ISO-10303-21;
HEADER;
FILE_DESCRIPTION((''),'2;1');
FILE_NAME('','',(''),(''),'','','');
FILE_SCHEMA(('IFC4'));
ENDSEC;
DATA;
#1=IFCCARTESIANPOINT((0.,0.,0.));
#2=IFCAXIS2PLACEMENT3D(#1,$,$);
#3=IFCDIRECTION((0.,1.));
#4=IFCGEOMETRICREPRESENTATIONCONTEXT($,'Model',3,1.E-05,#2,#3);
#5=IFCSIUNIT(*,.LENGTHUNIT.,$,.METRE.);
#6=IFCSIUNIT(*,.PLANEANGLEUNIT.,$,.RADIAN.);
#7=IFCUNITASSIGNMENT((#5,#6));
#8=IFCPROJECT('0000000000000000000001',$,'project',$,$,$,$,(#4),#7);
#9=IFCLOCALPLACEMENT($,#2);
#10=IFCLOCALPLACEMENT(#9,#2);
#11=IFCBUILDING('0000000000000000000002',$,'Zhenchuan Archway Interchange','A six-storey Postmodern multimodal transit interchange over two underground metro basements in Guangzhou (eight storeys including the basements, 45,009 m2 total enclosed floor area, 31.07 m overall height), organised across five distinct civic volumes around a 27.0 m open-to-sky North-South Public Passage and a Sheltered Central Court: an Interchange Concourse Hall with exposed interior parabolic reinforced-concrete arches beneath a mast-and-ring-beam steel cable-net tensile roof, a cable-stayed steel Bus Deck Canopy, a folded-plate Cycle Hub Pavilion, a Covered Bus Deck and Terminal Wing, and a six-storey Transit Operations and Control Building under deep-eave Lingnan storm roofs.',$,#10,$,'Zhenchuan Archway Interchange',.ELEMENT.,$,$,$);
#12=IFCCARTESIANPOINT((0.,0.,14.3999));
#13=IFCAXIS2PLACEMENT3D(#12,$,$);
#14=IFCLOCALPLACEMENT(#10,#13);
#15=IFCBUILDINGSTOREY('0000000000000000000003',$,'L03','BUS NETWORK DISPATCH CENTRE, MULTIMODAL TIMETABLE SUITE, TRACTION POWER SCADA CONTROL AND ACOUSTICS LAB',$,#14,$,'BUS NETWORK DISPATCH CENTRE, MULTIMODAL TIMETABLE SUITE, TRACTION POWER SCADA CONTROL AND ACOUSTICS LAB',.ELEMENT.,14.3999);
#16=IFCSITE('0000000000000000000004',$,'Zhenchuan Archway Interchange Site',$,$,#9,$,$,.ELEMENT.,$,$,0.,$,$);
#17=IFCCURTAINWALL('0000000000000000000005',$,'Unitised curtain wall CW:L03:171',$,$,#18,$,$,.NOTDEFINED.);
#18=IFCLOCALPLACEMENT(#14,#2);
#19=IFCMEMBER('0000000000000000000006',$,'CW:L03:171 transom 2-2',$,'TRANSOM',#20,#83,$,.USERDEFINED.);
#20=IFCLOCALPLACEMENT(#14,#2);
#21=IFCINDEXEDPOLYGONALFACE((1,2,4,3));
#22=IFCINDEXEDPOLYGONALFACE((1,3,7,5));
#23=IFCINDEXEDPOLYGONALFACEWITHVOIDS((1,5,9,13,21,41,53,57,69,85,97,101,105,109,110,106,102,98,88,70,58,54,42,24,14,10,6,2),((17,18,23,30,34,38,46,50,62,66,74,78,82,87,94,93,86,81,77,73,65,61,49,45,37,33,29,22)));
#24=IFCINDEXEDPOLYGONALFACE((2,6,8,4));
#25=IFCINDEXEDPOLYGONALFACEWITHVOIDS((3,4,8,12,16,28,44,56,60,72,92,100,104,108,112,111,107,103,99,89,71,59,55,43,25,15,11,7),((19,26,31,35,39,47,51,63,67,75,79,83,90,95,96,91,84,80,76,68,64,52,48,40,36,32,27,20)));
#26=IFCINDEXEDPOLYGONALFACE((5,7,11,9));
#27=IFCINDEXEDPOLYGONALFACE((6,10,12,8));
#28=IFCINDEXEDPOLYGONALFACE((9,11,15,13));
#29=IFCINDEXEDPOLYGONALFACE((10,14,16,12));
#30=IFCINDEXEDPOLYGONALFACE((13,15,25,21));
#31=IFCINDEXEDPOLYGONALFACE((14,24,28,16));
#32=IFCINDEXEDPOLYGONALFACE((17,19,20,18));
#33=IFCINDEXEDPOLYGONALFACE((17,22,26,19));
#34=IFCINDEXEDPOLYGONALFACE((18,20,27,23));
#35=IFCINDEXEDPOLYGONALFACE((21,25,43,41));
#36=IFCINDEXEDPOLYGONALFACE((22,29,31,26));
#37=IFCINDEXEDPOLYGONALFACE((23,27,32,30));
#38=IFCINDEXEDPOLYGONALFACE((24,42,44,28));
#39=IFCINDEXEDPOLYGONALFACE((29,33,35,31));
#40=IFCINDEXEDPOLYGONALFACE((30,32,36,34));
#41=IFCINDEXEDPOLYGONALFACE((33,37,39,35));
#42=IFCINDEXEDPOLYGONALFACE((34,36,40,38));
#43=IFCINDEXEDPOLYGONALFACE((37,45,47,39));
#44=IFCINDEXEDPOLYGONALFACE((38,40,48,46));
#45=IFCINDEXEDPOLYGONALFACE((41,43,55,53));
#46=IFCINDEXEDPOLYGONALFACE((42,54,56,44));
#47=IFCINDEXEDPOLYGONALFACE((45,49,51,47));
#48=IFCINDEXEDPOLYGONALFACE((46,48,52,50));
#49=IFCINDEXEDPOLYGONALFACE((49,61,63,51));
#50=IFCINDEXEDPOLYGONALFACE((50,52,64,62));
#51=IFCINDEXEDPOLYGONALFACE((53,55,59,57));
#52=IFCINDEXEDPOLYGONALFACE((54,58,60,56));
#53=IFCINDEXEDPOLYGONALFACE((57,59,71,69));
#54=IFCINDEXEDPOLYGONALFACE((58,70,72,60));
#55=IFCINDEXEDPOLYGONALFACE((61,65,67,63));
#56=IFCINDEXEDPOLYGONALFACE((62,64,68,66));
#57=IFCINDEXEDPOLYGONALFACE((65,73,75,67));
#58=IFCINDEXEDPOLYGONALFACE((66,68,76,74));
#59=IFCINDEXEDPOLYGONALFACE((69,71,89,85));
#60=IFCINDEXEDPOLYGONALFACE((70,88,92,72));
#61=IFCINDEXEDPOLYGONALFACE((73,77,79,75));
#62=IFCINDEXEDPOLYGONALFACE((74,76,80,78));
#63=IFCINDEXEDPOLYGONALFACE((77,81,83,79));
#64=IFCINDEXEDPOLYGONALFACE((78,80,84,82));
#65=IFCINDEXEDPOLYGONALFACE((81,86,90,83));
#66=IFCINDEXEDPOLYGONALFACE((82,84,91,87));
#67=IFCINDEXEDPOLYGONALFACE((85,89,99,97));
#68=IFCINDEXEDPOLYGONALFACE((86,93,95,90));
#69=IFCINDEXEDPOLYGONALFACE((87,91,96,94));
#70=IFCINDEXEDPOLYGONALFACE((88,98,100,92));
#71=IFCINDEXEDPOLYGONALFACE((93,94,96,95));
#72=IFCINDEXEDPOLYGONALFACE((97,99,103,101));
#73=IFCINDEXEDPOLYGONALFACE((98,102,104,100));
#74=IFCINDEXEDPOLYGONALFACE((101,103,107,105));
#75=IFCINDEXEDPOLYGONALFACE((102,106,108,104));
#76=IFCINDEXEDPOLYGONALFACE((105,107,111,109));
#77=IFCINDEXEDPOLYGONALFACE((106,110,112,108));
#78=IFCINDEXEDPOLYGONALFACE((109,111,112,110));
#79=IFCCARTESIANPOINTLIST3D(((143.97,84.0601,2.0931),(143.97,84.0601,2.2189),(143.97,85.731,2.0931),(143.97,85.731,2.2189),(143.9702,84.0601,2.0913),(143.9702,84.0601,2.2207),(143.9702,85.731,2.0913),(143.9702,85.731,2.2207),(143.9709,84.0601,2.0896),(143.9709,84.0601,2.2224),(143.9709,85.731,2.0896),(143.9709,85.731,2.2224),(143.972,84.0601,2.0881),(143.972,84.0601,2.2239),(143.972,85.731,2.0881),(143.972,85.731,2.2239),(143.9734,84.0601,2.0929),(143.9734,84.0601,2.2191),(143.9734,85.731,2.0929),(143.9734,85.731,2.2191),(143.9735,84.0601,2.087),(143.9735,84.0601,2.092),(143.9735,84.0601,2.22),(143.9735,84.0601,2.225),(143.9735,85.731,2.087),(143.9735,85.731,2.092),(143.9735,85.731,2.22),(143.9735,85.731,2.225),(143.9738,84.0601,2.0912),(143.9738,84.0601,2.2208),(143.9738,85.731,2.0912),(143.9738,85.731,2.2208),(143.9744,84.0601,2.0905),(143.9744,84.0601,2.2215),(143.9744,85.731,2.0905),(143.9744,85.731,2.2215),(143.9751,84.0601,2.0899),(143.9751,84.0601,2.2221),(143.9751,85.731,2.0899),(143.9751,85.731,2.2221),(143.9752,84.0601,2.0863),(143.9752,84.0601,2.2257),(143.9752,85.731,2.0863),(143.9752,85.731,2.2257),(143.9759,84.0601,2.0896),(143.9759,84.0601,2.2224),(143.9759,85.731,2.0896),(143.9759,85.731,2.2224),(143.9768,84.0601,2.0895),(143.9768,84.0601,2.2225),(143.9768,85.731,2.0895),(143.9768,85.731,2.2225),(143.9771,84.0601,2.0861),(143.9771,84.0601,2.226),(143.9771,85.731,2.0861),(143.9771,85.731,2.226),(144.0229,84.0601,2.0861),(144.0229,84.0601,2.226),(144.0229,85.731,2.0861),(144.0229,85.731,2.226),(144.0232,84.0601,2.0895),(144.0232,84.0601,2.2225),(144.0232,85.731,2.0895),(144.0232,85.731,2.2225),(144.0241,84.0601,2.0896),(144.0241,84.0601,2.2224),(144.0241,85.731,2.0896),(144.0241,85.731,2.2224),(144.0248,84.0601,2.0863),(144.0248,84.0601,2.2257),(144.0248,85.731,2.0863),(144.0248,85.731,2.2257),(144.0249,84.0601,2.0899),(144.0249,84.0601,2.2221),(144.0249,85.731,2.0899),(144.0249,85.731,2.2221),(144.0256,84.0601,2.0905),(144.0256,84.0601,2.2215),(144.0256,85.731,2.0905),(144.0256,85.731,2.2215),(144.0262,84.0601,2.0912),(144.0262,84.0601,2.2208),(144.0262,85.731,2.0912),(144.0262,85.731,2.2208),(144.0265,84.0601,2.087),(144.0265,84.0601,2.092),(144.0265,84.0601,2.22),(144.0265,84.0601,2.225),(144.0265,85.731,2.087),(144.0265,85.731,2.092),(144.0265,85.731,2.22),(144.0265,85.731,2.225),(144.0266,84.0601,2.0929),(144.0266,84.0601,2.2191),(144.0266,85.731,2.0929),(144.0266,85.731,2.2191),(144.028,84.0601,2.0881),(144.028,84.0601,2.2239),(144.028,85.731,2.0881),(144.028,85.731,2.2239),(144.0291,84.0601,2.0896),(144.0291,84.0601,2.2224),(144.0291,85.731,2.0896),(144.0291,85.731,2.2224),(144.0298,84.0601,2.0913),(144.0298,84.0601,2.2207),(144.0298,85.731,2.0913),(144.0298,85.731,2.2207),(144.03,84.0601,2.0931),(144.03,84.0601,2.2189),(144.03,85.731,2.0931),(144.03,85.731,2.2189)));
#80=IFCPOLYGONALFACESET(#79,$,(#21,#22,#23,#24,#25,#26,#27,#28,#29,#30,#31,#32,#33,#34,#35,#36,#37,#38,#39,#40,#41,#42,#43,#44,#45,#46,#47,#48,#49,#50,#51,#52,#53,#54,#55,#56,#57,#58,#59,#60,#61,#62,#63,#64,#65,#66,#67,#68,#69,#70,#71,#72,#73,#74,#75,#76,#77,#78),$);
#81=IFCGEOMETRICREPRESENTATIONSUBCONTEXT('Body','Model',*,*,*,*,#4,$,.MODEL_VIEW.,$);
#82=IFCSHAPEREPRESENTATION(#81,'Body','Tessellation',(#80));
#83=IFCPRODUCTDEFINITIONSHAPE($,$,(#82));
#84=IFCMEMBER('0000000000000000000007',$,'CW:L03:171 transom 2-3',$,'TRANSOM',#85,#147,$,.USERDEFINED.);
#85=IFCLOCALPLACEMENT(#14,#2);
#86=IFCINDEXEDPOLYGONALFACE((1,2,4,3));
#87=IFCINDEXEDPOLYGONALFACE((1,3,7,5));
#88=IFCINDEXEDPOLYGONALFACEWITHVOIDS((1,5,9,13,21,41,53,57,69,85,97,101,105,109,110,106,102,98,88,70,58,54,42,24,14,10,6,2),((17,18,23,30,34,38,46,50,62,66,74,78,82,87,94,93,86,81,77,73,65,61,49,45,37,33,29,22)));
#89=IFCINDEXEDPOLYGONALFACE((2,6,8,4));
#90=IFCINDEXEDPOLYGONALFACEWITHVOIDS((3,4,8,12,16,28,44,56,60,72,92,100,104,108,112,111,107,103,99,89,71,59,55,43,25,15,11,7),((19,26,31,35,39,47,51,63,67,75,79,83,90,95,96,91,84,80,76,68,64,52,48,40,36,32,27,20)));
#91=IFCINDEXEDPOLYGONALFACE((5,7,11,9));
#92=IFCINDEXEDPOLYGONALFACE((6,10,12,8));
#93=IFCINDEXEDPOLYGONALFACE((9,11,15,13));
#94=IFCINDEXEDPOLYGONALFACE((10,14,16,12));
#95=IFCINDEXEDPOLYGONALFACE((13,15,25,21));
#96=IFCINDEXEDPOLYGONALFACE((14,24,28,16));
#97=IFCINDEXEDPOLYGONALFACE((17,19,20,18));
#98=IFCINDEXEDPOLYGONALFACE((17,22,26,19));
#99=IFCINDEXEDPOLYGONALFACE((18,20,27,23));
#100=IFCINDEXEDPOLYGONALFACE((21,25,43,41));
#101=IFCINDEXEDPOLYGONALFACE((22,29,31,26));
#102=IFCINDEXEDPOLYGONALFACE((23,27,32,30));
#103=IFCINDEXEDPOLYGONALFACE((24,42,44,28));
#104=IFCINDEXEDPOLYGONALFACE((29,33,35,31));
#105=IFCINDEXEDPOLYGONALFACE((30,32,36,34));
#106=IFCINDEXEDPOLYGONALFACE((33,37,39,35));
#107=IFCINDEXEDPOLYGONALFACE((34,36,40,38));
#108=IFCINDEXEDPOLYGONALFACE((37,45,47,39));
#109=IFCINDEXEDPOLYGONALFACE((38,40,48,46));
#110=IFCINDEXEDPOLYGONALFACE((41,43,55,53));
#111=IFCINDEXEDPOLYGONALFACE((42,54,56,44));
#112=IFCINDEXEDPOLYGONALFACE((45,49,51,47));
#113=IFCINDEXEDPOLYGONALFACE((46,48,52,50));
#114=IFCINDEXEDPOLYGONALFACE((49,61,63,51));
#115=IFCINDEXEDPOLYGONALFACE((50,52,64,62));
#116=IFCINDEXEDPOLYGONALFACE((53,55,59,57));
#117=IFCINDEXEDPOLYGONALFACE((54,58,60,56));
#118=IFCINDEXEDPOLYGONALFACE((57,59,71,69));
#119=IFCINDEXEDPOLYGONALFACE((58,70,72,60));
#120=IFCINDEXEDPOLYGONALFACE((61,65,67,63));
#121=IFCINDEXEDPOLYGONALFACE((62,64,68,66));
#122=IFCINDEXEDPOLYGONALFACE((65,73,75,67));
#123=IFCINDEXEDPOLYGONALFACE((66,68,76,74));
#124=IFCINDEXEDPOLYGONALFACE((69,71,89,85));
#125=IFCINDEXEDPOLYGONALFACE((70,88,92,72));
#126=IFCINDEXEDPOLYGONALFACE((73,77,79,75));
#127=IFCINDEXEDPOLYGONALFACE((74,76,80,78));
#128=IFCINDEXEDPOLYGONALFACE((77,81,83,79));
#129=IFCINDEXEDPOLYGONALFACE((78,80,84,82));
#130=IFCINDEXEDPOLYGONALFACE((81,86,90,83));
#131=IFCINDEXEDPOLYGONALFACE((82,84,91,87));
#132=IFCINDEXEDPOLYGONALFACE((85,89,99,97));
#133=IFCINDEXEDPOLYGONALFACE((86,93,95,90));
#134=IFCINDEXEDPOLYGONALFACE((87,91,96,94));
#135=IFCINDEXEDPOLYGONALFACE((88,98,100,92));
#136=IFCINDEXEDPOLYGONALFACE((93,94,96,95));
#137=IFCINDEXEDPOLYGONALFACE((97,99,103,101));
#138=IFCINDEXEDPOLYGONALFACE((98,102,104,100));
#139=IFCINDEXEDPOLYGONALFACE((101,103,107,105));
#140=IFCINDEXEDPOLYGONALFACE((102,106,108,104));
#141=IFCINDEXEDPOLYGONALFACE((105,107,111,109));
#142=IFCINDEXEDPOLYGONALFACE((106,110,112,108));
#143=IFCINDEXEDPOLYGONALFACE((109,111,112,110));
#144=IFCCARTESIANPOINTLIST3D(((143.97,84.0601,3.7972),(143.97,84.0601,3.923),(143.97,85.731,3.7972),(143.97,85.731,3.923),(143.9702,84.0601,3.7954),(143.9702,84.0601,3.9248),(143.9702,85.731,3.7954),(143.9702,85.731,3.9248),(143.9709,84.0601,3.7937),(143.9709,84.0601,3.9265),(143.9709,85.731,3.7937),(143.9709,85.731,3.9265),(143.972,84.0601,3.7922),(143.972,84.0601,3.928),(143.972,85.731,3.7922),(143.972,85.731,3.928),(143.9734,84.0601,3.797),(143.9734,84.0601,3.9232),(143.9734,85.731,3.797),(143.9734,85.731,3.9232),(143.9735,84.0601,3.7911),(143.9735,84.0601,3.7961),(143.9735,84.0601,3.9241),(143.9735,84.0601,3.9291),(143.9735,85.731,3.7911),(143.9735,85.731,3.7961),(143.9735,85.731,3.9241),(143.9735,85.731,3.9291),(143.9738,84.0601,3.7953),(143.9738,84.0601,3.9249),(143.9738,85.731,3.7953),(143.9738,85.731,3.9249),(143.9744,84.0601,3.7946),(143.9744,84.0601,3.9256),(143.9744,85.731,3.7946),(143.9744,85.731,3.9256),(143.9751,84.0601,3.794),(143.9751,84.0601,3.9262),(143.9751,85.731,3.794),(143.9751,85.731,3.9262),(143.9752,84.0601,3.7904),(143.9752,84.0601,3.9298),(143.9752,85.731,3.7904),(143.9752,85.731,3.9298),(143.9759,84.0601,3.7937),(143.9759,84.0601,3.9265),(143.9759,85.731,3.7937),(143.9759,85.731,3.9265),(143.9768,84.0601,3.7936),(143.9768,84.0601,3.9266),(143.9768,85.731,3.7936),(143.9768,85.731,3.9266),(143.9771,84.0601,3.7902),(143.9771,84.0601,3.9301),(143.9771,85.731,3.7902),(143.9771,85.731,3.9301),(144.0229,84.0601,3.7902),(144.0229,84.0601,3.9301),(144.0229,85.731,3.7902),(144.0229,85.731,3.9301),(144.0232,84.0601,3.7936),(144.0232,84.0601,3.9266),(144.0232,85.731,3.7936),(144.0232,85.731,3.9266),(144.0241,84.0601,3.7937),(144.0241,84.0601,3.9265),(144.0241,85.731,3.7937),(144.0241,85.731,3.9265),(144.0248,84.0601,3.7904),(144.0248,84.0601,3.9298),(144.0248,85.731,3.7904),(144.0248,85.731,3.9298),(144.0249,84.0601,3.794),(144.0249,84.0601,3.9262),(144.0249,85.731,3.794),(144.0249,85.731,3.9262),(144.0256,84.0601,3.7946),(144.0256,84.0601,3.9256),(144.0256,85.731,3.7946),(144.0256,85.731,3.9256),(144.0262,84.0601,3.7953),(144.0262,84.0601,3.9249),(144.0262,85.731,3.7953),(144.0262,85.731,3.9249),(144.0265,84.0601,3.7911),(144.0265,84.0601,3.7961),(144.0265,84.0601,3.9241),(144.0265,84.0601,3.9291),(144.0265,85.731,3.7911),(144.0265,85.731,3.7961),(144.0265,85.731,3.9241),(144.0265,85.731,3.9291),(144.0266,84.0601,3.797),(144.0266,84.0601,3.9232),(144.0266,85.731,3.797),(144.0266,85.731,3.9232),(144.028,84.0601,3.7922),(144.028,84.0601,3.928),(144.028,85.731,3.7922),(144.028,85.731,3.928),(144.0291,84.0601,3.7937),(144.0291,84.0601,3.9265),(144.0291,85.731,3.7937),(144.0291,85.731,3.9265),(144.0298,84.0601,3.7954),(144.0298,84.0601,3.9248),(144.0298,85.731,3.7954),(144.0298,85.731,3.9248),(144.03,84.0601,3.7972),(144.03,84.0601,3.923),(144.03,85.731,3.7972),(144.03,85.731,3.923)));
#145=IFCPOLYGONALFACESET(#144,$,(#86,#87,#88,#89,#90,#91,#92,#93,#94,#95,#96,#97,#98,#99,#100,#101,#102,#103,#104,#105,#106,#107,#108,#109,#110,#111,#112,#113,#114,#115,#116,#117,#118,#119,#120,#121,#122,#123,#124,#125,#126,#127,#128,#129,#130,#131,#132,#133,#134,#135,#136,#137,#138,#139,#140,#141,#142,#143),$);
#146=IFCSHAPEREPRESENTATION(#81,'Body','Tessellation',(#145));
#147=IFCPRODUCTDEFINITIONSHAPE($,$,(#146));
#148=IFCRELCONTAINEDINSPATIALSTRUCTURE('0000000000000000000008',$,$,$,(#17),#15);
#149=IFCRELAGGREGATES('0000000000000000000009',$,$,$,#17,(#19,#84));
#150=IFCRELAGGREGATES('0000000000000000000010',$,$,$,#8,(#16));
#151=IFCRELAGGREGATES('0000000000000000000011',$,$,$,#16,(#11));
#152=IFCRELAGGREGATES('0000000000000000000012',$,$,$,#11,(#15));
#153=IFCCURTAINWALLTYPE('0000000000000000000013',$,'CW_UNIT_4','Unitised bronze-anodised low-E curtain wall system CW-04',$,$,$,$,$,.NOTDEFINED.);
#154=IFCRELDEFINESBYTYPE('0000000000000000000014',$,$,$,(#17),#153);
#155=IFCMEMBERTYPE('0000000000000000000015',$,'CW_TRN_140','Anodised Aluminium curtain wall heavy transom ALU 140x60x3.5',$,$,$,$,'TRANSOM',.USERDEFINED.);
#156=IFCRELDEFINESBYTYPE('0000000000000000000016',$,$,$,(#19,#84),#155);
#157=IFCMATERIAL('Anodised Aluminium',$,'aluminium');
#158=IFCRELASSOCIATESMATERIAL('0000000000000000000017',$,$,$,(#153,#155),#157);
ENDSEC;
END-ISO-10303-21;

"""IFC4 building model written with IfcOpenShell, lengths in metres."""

from ifc_helpers import new_model, si_unit, direction, frame, origin, origin_2d, place, context, subcontext, project, spatial, hollow_rectangle, extrude, material, material_profile, profile_set, type_object, element, aggregate, save


model = new_model("IFC4")

# Units and contexts
model_context = context("Model", 3, precision=1e-05, world=origin(), true_north=direction((0.0, 1.0)))
body_context = subcontext(model_context, "Body", "Model", "MODEL_VIEW")
ifc_project = project(units=[si_unit("LENGTHUNIT", "METRE"), si_unit("PLANEANGLEUNIT", "RADIAN")], contexts=[model_context])

# Site, building, storey
site_placement = place(None, origin())
site = spatial("IfcSite", under=ifc_project, at=site_placement, Name="Zhenchuan Archway Interchange Site", CompositionType="ELEMENT", RefElevation=0.0)
building_placement = place(site_placement, origin())
building = spatial("IfcBuilding", under=site, at=building_placement, Name="Zhenchuan Archway Interchange", Description="A six-storey Postmodern multimodal transit interchange over two underground metro basements in Guangzhou (eight storeys including the basements, 45,009 m2 total enclosed floor area, 31.07 m overall height), organised across five distinct civic volumes around a 27.0 m open-to-sky North-South Public Passage and a Sheltered Central Court: an Interchange Concourse Hall with exposed interior parabolic reinforced-concrete arches beneath a mast-and-ring-beam steel cable-net tensile roof, a cable-stayed steel Bus Deck Canopy, a folded-plate Cycle Hub Pavilion, a Covered Bus Deck and Terminal Wing, and a six-storey Transit Operations and Control Building under deep-eave Lingnan storm roofs.", LongName="Zhenchuan Archway Interchange", CompositionType="ELEMENT")
storey_placement = place(building_placement, frame((0.0, 0.0, 14.3999)))
storey = spatial("IfcBuildingStorey", under=building, at=storey_placement, Name="L03", Description="BUS NETWORK DISPATCH CENTRE, MULTIMODAL TIMETABLE SUITE, TRACTION POWER SCADA CONTROL AND ACOUSTICS LAB", LongName="BUS NETWORK DISPATCH CENTRE, MULTIMODAL TIMETABLE SUITE, TRACTION POWER SCADA CONTROL AND ACOUSTICS LAB", CompositionType="ELEMENT", Elevation=14.3999)

# Curtain wall
ifc_material_1 = material(Name="Anodised Aluminium", Category="aluminium")
curtain_wall_type_1 = type_object("IfcCurtainWallType", Name="CW_UNIT_4", Description="Unitised bronze-anodised low-E curtain wall system CW-04", PredefinedType="NOTDEFINED", material=ifc_material_1)
curtain_wall_1_placement = place(storey_placement, origin())
curtain_wall_1 = element("IfcCurtainWall", 1, at=curtain_wall_1_placement, inside=storey, type_object=curtain_wall_type_1, Name="Unitised curtain wall CW:L03:171", PredefinedType="NOTDEFINED")

# Members
ifc_material_profile_1 = material_profile(ifc_material_1, hollow_rectangle(XDim=0.0601, YDim=0.1399, WallThickness=0.0034, InnerFilletRadius=0.0034, OuterFilletRadius=0.0071, at=origin_2d()), Name="ALU 140x60x3.5")
ifc_profile_set_1 = profile_set([ifc_material_profile_1], Name="Anodised Aluminium")
member_type_1 = type_object("IfcMemberType", Name="CW_TRN_140", Description="Anodised Aluminium curtain wall heavy transom ALU 140x60x3.5", ElementType="TRANSOM", PredefinedType="USERDEFINED", material=ifc_profile_set_1)
member_1_placement = place(storey_placement, frame((144.0, 84.0601, 2.156), z_axis=(0.0, 1.0, 0.0), x_axis=(-1.0, 0.0, 0.0)))
member_1 = element("IfcMember", 2, at=member_1_placement, type_object=member_type_1, Name="CW:L03:171 transom 2-2", ObjectType="TRANSOM", PredefinedType="USERDEFINED", context=body_context, shape_type="SweptSolid", body=[
    extrude(hollow_rectangle(XDim=0.0601, YDim=0.1399, WallThickness=0.0034, InnerFilletRadius=0.0034, OuterFilletRadius=0.0071, at=origin_2d()), origin(), (0.0, 0.0, 1.0), 1.6709),
])
member_2_placement = place(storey_placement, frame((144.0, 84.0601, 3.8601), z_axis=(0.0, 1.0, 0.0), x_axis=(-1.0, 0.0, 0.0)))
member_2 = element("IfcMember", 3, at=member_2_placement, type_object=member_type_1, Name="CW:L03:171 transom 2-3", ObjectType="TRANSOM", PredefinedType="USERDEFINED", context=body_context, shape_type="SweptSolid", body=[
    extrude(hollow_rectangle(XDim=0.0601, YDim=0.1399, WallThickness=0.0034, InnerFilletRadius=0.0034, OuterFilletRadius=0.0071, at=origin_2d()), origin(), (0.0, 0.0, 1.0), 1.6709),
])

aggregate(curtain_wall_1, [member_1, member_2])

save(model, "model.ifc")
